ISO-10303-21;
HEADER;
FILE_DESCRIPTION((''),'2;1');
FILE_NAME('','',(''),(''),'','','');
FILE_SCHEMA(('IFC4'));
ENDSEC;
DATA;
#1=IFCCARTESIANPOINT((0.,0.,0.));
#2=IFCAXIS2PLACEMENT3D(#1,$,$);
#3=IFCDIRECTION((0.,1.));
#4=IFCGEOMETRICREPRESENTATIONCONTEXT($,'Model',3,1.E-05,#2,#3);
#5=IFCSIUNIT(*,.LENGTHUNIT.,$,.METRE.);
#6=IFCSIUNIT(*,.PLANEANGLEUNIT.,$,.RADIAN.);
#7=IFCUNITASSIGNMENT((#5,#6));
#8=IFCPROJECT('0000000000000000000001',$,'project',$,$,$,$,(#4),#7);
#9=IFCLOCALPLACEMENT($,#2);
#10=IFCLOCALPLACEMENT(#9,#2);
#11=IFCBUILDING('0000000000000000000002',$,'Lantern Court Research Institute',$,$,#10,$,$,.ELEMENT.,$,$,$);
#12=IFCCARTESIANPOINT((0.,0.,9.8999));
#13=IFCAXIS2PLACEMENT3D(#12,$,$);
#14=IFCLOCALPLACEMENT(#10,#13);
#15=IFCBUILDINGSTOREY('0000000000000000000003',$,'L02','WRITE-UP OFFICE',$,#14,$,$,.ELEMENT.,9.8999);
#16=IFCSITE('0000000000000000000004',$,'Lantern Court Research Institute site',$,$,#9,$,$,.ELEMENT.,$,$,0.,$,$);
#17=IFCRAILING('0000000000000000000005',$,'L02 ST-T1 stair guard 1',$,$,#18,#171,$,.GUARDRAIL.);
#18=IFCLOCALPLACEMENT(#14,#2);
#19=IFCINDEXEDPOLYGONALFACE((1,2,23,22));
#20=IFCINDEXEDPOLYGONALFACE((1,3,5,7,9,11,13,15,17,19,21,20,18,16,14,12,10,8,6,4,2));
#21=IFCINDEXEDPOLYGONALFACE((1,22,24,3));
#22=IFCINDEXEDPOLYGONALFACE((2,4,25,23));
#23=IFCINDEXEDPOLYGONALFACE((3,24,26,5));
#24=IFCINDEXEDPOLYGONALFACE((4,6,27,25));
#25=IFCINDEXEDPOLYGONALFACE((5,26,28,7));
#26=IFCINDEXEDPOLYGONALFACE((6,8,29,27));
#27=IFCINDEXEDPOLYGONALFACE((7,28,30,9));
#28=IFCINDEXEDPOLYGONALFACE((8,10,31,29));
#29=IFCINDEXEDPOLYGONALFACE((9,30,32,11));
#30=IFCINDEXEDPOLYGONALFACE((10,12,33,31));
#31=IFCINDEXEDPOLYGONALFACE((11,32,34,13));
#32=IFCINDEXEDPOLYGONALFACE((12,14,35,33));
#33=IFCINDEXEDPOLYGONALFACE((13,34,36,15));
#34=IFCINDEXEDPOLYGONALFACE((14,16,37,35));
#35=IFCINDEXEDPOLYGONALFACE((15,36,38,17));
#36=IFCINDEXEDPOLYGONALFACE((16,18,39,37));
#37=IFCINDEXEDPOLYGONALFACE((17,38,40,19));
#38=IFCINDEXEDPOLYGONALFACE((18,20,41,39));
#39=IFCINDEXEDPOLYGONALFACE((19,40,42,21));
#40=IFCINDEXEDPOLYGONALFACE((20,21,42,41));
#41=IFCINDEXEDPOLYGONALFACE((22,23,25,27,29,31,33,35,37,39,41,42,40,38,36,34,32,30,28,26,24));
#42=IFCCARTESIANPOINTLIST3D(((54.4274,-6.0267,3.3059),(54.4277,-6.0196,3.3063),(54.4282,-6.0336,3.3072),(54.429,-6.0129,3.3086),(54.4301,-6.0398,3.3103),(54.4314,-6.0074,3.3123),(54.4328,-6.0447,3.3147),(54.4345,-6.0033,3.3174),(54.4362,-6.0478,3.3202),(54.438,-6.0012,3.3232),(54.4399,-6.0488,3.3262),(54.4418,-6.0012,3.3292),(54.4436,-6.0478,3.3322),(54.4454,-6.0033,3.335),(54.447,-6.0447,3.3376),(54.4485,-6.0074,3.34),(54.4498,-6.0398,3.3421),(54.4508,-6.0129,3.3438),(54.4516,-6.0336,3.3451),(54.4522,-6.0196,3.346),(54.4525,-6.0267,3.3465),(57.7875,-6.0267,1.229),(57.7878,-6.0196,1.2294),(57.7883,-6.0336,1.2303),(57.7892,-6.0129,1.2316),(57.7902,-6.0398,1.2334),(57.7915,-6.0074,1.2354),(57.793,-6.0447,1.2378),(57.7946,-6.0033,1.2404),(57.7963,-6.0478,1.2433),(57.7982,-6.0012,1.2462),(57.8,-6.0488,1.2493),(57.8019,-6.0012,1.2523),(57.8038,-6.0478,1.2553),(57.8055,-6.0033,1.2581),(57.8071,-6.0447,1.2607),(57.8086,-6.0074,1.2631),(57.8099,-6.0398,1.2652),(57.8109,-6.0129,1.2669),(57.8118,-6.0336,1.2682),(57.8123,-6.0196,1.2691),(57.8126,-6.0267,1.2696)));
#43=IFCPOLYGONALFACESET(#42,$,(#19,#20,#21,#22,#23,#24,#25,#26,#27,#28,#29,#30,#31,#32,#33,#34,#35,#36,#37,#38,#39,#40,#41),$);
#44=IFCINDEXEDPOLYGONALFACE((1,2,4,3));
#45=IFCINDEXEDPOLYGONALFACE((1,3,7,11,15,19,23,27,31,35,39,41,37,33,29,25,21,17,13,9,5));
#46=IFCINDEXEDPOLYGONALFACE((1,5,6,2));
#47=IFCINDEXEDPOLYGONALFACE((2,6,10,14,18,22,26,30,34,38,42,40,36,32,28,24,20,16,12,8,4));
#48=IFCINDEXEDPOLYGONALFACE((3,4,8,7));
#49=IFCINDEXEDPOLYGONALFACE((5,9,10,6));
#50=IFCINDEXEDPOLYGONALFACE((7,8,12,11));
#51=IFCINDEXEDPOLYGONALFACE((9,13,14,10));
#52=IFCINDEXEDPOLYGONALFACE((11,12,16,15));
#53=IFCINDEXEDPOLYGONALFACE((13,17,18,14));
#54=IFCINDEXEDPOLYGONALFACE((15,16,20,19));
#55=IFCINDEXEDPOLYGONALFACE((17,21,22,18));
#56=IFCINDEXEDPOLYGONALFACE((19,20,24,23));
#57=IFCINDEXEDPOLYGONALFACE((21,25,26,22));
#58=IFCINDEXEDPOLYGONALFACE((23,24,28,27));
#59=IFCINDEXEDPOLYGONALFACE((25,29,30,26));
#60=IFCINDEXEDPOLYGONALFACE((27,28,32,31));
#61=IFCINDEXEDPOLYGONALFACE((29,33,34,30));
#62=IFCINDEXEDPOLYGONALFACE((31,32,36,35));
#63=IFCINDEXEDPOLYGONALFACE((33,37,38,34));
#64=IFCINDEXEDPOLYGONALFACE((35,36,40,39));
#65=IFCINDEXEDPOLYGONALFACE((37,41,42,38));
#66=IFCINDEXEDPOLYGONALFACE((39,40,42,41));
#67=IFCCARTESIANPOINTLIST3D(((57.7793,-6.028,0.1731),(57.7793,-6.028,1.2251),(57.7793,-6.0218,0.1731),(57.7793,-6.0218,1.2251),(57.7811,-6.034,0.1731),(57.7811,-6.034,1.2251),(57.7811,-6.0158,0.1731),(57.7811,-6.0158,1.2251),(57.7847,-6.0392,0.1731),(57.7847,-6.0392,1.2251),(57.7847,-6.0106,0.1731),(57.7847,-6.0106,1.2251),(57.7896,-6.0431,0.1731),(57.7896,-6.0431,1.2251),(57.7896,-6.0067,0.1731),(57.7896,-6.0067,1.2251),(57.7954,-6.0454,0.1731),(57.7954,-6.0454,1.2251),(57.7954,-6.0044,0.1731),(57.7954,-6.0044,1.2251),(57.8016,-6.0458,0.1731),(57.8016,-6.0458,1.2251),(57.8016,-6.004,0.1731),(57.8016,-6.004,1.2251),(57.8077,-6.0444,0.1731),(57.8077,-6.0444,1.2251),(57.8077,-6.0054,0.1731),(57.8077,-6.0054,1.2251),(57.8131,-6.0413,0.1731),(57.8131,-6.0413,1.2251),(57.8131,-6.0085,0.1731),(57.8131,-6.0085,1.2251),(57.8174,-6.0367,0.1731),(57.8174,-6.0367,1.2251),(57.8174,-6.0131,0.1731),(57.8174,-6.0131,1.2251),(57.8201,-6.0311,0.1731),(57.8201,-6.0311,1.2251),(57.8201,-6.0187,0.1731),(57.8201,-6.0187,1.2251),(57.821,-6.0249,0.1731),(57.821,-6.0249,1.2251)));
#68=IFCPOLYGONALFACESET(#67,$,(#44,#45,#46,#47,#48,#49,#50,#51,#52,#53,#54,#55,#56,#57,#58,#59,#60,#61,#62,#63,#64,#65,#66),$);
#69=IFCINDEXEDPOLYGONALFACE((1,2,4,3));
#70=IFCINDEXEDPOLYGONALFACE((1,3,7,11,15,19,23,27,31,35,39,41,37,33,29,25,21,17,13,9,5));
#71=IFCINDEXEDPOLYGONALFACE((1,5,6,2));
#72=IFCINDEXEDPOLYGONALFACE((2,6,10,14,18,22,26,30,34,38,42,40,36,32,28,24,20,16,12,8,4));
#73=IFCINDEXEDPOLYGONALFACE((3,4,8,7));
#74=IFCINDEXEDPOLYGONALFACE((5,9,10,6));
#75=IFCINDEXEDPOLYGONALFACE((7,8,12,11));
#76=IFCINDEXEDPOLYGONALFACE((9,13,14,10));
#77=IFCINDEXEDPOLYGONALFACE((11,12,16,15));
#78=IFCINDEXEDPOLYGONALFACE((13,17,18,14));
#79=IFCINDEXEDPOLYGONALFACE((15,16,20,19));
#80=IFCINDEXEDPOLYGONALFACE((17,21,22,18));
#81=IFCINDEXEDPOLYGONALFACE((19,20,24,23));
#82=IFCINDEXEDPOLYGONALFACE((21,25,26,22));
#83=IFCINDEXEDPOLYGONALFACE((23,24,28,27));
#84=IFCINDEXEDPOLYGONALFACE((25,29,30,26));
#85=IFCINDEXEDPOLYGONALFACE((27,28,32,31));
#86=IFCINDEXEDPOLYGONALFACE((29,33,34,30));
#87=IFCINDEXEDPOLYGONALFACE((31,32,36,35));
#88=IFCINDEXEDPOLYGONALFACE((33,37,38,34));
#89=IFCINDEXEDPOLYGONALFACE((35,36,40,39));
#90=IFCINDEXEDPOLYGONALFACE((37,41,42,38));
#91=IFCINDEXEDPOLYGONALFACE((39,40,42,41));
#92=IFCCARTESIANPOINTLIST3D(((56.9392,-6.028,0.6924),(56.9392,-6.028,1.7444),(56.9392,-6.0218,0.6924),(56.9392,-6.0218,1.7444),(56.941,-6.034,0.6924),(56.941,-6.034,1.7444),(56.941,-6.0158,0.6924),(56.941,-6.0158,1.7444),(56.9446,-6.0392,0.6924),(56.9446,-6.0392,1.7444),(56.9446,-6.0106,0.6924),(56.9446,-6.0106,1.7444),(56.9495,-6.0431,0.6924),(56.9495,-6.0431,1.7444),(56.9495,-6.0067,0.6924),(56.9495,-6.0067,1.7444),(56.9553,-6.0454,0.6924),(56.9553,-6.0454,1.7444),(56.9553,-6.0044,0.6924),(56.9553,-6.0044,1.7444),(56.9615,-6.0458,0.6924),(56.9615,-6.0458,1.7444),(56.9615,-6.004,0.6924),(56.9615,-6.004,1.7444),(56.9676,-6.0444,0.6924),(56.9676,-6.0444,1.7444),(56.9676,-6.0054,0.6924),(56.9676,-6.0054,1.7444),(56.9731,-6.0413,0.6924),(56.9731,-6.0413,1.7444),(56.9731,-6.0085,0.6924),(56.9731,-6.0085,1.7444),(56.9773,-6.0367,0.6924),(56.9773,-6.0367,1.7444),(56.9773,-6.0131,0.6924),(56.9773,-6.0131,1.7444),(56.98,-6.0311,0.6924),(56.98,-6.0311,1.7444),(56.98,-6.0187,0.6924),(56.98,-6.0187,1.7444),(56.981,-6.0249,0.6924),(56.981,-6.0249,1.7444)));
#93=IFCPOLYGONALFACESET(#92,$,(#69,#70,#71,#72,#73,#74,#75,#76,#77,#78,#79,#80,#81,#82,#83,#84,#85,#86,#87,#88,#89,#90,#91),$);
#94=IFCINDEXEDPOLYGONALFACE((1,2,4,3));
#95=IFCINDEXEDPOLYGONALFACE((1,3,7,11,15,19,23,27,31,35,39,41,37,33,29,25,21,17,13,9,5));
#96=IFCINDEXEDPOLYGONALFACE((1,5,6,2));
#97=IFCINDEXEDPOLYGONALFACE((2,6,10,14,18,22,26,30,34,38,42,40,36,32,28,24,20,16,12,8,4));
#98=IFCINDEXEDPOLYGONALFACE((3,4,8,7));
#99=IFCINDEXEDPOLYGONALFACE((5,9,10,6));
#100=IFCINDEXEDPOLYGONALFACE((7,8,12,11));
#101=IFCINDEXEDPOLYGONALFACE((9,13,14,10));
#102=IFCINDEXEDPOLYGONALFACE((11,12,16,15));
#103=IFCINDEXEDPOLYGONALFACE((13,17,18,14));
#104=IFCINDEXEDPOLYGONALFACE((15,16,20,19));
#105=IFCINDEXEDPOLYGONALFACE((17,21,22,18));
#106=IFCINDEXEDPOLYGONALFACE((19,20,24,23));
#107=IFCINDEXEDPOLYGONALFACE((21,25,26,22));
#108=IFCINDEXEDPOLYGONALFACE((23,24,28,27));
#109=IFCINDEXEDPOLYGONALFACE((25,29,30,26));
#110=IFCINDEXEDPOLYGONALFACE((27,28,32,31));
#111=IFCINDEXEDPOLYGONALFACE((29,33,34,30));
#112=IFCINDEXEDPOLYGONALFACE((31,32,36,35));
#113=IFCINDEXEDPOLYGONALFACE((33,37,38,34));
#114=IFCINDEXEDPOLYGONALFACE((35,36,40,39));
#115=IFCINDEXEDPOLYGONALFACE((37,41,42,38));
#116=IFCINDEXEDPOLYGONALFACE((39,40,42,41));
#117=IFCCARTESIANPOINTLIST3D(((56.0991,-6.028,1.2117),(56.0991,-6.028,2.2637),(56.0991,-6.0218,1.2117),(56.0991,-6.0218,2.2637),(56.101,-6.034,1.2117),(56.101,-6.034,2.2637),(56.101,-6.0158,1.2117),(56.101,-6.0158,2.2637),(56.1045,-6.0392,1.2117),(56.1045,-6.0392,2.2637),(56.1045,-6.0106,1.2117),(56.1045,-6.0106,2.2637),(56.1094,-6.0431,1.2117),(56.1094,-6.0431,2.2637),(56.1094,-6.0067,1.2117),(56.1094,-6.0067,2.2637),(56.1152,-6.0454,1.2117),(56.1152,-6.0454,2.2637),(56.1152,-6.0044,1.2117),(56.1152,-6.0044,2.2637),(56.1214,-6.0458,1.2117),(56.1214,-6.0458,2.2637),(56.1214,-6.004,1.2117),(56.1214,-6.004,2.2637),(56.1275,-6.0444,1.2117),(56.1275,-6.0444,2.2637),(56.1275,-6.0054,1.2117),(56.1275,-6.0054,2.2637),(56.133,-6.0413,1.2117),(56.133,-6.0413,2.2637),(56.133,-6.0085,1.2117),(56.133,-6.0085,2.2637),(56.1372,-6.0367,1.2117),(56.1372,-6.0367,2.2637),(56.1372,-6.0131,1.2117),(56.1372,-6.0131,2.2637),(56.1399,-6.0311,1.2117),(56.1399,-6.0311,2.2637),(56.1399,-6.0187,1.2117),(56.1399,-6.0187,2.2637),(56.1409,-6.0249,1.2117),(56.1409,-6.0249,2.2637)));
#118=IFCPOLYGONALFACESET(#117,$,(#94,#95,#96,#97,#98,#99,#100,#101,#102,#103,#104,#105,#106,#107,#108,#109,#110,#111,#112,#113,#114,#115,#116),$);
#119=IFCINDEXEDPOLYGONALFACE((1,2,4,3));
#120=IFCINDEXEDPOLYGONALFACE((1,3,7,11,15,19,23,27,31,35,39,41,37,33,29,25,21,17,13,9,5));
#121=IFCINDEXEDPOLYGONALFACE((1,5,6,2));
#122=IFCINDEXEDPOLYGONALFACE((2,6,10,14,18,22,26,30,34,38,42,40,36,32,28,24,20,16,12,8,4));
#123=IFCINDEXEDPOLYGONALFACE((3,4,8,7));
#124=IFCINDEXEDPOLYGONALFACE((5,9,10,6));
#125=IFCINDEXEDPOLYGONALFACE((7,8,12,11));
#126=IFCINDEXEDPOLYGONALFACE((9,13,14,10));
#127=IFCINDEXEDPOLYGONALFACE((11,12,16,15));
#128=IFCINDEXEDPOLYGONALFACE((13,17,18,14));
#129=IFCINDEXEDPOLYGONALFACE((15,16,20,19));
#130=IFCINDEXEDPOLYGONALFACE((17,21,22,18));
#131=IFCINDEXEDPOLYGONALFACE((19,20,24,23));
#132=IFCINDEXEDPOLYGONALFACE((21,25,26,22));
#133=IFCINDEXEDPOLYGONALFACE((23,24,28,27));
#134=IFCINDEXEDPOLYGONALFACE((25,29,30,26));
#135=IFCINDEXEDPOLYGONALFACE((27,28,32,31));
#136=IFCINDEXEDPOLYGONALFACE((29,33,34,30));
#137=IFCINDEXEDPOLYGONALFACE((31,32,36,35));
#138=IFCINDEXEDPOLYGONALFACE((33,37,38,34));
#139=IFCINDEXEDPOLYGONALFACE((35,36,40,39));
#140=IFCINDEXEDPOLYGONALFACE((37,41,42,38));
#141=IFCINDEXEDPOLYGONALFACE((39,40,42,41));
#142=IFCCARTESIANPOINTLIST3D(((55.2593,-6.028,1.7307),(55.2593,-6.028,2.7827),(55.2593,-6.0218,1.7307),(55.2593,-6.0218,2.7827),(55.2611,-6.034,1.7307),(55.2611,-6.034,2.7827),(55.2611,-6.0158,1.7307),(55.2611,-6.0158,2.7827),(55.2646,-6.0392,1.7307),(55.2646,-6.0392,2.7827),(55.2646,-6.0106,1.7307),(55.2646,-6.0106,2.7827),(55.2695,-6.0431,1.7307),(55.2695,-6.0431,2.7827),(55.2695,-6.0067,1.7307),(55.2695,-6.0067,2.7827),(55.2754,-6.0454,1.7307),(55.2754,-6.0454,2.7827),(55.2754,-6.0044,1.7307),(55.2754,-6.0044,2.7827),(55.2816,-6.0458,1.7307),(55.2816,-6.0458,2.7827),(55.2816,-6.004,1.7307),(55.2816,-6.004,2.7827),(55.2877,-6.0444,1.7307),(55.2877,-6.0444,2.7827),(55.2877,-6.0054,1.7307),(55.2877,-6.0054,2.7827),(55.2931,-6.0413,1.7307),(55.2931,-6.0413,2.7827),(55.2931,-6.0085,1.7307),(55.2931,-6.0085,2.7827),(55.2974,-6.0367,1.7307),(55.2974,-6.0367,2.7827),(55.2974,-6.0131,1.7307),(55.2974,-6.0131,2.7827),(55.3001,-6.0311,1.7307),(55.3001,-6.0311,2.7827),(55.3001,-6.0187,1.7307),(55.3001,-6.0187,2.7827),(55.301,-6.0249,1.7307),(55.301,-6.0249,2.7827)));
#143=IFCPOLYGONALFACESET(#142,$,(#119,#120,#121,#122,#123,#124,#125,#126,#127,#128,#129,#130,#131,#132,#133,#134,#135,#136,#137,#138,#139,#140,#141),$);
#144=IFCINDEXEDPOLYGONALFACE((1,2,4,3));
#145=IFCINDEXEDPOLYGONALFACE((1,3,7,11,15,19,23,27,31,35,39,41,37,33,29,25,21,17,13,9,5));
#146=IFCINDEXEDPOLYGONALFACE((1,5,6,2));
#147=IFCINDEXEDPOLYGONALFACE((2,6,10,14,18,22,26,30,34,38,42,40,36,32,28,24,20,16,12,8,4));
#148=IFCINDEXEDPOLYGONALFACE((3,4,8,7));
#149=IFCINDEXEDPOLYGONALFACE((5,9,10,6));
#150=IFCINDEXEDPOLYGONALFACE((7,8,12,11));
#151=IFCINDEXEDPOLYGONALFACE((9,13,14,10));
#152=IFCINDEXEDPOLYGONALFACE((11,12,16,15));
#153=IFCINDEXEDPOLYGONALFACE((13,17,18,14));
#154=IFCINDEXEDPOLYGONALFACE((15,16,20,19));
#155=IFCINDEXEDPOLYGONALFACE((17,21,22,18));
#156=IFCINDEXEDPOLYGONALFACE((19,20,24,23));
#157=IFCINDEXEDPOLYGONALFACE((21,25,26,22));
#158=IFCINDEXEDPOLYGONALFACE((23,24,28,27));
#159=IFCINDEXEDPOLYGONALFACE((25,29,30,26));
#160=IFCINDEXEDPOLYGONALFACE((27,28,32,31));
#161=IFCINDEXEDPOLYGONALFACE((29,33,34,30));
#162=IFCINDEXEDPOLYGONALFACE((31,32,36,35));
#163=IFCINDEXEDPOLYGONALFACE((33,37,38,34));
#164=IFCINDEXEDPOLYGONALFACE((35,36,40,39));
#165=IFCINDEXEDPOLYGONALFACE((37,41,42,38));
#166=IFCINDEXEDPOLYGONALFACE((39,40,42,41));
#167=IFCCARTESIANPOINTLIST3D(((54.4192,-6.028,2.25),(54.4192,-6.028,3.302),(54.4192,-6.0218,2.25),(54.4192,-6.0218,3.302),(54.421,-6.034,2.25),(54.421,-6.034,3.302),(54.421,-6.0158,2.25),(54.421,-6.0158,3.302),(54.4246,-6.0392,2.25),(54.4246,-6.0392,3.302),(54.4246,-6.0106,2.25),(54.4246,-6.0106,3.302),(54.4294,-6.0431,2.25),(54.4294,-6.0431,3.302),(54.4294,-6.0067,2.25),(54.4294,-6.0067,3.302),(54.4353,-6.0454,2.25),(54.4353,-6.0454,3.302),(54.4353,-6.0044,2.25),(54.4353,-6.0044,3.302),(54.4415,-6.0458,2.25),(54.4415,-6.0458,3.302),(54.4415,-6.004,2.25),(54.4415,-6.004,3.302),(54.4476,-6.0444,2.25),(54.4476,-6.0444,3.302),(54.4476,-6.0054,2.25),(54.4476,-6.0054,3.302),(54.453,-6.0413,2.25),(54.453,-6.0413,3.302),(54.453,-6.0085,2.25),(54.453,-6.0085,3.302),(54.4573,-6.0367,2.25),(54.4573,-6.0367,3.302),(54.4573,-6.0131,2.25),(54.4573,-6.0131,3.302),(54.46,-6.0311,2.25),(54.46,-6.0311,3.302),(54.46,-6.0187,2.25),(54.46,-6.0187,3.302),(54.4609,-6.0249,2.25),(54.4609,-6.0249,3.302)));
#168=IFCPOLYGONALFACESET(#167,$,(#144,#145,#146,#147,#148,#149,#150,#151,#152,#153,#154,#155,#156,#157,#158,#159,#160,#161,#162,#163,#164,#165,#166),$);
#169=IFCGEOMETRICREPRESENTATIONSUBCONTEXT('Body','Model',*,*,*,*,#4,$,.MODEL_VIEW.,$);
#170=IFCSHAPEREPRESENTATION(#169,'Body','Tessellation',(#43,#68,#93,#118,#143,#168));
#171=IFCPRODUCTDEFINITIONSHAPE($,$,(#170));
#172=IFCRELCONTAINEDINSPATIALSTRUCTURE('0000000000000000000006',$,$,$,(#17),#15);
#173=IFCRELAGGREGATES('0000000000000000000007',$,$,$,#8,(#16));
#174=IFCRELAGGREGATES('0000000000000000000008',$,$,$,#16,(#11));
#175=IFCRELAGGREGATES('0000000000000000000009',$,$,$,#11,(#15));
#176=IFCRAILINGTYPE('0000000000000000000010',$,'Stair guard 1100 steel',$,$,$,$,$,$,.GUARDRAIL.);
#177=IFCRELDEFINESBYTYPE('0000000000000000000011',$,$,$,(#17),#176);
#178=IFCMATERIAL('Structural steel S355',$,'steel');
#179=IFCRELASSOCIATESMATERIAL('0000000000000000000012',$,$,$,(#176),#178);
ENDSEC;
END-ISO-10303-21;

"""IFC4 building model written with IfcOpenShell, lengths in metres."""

from ifc_helpers import new_model, si_unit, direction, frame, origin, origin_2d, place, context, subcontext, project, spatial, circle, extrude, material, type_object, element, save


model = new_model("IFC4")

# Units and contexts
model_context = context("Model", 3, precision=1e-05, world=origin(), true_north=direction((0.0, 1.0)))
body_context = subcontext(model_context, "Body", "Model", "MODEL_VIEW")
ifc_project = project(units=[si_unit("LENGTHUNIT", "METRE"), si_unit("PLANEANGLEUNIT", "RADIAN")], contexts=[model_context])

# Site, building, storey
site_placement = place(None, origin())
site = spatial("IfcSite", under=ifc_project, at=site_placement, Name="Lantern Court Research Institute site", CompositionType="ELEMENT", RefElevation=0.0)
building_placement = place(site_placement, origin())
building = spatial("IfcBuilding", under=site, at=building_placement, Name="Lantern Court Research Institute", CompositionType="ELEMENT")
storey_placement = place(building_placement, frame((0.0, 0.0, 9.8999)))
storey = spatial("IfcBuildingStorey", under=building, at=storey_placement, Name="L02", Description="WRITE-UP OFFICE", CompositionType="ELEMENT", Elevation=9.8999)

# Railing
ifc_material_1 = material(Name="Structural steel S355", Category="steel")
railing_type_1 = type_object("IfcRailingType", Name="Stair guard 1100 steel", PredefinedType="GUARDRAIL", material=ifc_material_1)
railing_1_placement = place(storey_placement, frame((57.8, -6.0249, 0.1731)))
element("IfcRailing", 1, at=railing_1_placement, inside=storey, type_object=railing_type_1, Name="L02 ST-T1 stair guard 1", PredefinedType="GUARDRAIL", context=body_context, shape_type="SweptSolid", body=[
    extrude(circle(Radius=0.0239, at=origin_2d()), frame((0.0, 0.0, 1.0762), z_axis=(-0.850623, 0.0, 0.525776), x_axis=(0.0, -1.0, 0.0)), (0.0, 0.0, 1.0), 3.9502),
    extrude(circle(Radius=0.021, at=origin_2d()), origin(), (0.0, 0.0, 1.0), 1.052),
    extrude(circle(Radius=0.021, at=origin_2d()), frame((-0.8401, 0.0, 0.5193)), (0.0, 0.0, 1.0), 1.052),
    extrude(circle(Radius=0.021, at=origin_2d()), frame((-1.6802, 0.0, 1.0386)), (0.0, 0.0, 1.0), 1.052),
    extrude(circle(Radius=0.021, at=origin_2d()), frame((-2.52, 0.0, 1.5576)), (0.0, 0.0, 1.0), 1.052),
    extrude(circle(Radius=0.021, at=origin_2d()), frame((-3.3601, 0.0, 2.0769)), (0.0, 0.0, 1.0), 1.052),
])

save(model, "model.ifc")
